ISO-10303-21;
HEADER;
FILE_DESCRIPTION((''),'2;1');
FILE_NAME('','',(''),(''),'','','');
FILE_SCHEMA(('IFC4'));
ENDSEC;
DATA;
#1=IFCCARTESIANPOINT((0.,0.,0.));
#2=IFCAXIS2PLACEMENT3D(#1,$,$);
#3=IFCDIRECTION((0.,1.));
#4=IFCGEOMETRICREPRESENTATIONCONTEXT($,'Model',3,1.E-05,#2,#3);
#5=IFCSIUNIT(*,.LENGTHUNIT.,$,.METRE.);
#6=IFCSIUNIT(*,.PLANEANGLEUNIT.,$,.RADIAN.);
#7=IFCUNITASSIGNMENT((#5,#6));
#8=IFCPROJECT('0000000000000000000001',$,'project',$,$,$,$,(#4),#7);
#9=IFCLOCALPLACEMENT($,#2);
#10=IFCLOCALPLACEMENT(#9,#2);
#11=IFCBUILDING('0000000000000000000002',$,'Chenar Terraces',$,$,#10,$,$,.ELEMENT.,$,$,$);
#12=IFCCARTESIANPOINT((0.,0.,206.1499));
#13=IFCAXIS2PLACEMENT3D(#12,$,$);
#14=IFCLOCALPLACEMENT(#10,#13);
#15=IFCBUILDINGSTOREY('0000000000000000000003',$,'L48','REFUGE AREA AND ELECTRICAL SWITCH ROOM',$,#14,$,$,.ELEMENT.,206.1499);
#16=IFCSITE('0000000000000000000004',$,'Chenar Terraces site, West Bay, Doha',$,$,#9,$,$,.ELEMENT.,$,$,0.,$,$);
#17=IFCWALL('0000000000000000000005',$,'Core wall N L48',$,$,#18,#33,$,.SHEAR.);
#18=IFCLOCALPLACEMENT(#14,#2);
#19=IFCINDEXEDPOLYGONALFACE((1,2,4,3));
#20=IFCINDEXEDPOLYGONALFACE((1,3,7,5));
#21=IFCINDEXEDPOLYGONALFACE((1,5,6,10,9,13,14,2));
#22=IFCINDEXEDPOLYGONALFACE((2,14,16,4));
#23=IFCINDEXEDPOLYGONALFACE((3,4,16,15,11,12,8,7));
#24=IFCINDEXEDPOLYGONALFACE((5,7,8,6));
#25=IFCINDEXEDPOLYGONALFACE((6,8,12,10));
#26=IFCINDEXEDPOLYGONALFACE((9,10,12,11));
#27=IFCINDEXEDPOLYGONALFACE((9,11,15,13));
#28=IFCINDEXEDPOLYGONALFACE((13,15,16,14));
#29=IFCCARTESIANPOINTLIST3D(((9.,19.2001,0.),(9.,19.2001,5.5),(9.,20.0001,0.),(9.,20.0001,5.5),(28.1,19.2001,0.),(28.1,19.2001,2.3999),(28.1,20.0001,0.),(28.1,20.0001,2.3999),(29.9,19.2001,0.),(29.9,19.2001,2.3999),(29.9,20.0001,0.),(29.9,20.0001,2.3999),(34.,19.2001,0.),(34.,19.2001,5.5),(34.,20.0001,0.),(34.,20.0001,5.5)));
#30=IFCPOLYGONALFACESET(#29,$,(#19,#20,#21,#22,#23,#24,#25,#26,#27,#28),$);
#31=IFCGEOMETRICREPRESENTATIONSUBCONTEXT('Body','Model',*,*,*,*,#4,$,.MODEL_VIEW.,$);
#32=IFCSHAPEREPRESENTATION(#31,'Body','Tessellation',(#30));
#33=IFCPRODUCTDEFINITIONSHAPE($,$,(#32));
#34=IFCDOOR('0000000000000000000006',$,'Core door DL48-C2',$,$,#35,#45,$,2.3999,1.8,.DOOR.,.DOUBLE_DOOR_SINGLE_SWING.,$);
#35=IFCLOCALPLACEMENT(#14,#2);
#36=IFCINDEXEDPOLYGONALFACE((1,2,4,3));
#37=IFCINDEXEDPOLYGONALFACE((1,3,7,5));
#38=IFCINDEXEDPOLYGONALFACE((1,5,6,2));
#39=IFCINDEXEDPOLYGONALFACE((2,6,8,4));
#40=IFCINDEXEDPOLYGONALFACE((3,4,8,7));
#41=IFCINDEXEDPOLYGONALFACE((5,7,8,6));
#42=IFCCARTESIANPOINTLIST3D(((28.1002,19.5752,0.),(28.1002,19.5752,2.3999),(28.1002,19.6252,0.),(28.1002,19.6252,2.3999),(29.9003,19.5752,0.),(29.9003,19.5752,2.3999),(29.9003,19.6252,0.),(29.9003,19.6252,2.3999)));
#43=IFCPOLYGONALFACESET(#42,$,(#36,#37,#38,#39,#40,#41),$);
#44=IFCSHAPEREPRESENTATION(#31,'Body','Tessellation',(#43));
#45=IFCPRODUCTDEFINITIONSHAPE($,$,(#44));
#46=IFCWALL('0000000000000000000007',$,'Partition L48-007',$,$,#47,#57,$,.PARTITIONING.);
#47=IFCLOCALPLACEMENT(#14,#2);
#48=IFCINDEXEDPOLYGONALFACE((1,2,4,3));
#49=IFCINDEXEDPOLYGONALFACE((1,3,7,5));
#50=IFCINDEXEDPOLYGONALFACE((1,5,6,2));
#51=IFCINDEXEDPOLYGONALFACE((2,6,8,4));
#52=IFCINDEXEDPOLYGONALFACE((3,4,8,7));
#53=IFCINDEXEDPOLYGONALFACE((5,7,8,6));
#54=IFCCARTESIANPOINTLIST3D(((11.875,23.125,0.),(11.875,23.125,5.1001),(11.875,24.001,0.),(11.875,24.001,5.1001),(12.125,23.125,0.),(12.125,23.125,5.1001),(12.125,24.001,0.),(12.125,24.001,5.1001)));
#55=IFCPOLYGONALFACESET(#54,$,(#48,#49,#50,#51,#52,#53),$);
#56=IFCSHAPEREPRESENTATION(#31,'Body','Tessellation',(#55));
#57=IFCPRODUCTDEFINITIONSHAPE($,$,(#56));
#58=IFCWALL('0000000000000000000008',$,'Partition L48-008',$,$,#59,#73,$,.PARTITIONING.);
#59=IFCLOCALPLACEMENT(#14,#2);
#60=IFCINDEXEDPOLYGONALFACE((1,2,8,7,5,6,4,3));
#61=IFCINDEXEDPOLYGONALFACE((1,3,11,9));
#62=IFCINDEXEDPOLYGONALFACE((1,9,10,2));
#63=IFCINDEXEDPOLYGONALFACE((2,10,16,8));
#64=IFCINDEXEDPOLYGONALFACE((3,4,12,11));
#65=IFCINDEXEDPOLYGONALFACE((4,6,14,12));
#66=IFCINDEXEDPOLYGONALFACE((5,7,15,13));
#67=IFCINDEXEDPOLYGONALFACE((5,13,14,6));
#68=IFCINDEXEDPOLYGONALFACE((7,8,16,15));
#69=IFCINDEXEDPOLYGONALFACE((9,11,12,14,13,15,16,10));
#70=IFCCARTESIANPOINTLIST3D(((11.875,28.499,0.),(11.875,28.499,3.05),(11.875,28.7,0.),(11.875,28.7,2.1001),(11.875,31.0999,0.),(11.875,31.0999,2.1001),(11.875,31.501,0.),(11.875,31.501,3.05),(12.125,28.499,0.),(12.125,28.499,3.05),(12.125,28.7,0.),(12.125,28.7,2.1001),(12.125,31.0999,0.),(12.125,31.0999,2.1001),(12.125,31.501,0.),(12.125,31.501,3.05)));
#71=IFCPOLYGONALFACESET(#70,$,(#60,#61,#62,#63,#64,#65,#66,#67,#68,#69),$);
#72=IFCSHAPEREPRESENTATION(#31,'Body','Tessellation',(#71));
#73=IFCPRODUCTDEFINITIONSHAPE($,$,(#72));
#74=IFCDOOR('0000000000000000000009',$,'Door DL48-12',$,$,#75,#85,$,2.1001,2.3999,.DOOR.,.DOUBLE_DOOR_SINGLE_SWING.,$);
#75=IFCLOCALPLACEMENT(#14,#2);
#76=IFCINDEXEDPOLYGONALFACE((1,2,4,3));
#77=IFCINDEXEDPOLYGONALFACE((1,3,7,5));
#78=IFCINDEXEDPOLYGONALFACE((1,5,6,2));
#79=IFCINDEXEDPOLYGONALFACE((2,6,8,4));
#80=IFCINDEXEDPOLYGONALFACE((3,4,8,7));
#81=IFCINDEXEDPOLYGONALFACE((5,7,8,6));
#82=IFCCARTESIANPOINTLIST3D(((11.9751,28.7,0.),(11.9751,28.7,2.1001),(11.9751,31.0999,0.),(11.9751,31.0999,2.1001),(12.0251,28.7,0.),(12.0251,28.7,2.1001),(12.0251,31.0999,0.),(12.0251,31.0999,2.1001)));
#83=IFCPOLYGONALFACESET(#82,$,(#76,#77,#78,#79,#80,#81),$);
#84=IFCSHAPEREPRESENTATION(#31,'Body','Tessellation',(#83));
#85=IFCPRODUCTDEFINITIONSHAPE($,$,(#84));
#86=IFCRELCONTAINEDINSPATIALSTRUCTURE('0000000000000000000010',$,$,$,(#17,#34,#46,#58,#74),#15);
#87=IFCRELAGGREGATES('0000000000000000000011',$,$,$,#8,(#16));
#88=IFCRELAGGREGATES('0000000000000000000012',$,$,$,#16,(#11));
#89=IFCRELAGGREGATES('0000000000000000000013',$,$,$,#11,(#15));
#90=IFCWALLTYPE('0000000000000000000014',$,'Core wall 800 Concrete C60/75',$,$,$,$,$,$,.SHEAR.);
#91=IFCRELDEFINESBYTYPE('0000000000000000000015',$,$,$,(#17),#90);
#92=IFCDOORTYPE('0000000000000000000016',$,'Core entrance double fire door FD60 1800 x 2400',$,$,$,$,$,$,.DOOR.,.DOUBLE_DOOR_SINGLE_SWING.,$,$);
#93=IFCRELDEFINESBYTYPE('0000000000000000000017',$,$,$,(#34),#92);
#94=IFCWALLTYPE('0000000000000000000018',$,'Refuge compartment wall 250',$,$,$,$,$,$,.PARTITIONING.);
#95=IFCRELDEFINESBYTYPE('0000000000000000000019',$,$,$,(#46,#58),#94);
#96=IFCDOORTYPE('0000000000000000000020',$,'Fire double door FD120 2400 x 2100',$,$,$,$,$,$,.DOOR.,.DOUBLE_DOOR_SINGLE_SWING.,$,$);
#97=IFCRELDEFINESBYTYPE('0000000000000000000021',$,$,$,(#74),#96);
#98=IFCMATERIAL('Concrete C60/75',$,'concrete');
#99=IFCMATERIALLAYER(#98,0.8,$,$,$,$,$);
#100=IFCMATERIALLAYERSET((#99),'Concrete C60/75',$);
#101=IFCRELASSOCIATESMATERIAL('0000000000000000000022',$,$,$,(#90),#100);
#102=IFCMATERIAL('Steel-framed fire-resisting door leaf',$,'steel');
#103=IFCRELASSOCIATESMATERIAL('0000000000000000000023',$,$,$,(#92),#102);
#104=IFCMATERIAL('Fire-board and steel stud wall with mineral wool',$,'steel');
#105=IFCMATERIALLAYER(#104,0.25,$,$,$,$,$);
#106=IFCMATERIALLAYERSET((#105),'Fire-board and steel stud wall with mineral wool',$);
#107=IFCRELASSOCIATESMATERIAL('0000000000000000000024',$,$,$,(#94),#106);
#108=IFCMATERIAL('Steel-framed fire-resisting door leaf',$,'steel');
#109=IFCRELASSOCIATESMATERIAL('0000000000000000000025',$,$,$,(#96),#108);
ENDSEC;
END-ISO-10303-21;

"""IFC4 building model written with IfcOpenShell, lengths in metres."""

from ifc_helpers import new_model, si_unit, direction, frame, frame_2d, origin, place, context, subcontext, project, spatial, rectangle, extrude, material, layer, layer_set, type_object, element, fill, save


model = new_model("IFC4")

# Units and contexts
model_context = context("Model", 3, precision=1e-05, world=origin(), true_north=direction((0.0, 1.0)))
body_context = subcontext(model_context, "Body", "Model", "MODEL_VIEW")
ifc_project = project(units=[si_unit("LENGTHUNIT", "METRE"), si_unit("PLANEANGLEUNIT", "RADIAN")], contexts=[model_context])

# Site, building, storey
site_placement = place(None, origin())
site = spatial("IfcSite", under=ifc_project, at=site_placement, Name="Chenar Terraces site, West Bay, Doha", CompositionType="ELEMENT", RefElevation=0.0)
building_placement = place(site_placement, origin())
building = spatial("IfcBuilding", under=site, at=building_placement, Name="Chenar Terraces", CompositionType="ELEMENT")
storey_placement = place(building_placement, frame((0.0, 0.0, 206.1499)))
storey = spatial("IfcBuildingStorey", under=building, at=storey_placement, Name="L48", Description="REFUGE AREA AND ELECTRICAL SWITCH ROOM", CompositionType="ELEMENT", Elevation=206.1499)

# Wall, opening, door
ifc_material_1 = material(Name="Concrete C60/75", Category="concrete")
ifc_layer_1 = layer(ifc_material_1, 0.8)
ifc_layer_set_1 = layer_set([ifc_layer_1], Name="Concrete C60/75")
wall_type_1 = type_object("IfcWallType", Name="Core wall 800 Concrete C60/75", PredefinedType="SHEAR", material=ifc_layer_set_1)
wall_1_placement = place(storey_placement, frame((9.0, 19.6001, 0.0), z_axis=(0.0, 0.0, 1.0), x_axis=(1.0, 0.0, 0.0)))
wall_1 = element("IfcWall", 1, at=wall_1_placement, inside=storey, type_object=wall_type_1, Name="Core wall N L48", PredefinedType="SHEAR", context=body_context, shape_type="SweptSolid", body=[
    extrude(rectangle(XDim=25.0, YDim=0.8, at=frame_2d((12.5, 0.0))), origin(), (0.0, 0.0, 1.0), 5.5),
])
opening_1_placement = place(wall_1_placement, frame((19.1001, 0.0, 0.0)))
opening_1 = element("IfcOpeningElement", 2, at=opening_1_placement, cuts=wall_1, PredefinedType="OPENING", context=body_context, shape_type="SweptSolid", body=[
    extrude(rectangle(XDim=1.8, YDim=2.3999, at=frame_2d((0.8999, 1.2))), frame((0.0, 0.4099, 0.0), z_axis=(0.0, -1.0, 0.0), x_axis=(1.0, 0.0, 0.0)), (0.0, 0.0, 1.0), 0.8201),
])
ifc_material_2 = material(Name="Steel-framed fire-resisting door leaf", Category="steel")
door_type_1 = type_object("IfcDoorType", Name="Core entrance double fire door FD60 1800 x 2400", OperationType="DOUBLE_DOOR_SINGLE_SWING", PredefinedType="DOOR", material=ifc_material_2)
door_1_placement = place(opening_1_placement, frame((1.8, 0.0, 0.0), z_axis=(0.0, 0.0, 1.0), x_axis=(-1.0, 0.0, 0.0)))
door_1 = element("IfcDoor", 3, at=door_1_placement, inside=storey, type_object=door_type_1, Name="Core door DL48-C2", OperationType="DOUBLE_DOOR_SINGLE_SWING", OverallHeight=2.3999, OverallWidth=1.8, PredefinedType="DOOR", context=body_context, shape_type="SweptSolid", body=[
    extrude(rectangle(XDim=1.8, YDim=2.3999, at=frame_2d((0.8999, 1.2))), frame((0.0, 0.0249, 0.0), z_axis=(0.0, -1.0, 0.0), x_axis=(1.0, 0.0, 0.0)), (0.0, 0.0, 1.0), 0.05),
])
fill(opening_1, door_1)

# Wall
ifc_material_3 = material(Name="Fire-board and steel stud wall with mineral wool", Category="steel")
ifc_layer_2 = layer(ifc_material_3, 0.25)
ifc_layer_set_2 = layer_set([ifc_layer_2], Name="Fire-board and steel stud wall with mineral wool")
wall_type_2 = type_object("IfcWallType", Name="Refuge compartment wall 250", PredefinedType="PARTITIONING", material=ifc_layer_set_2)
wall_2_placement = place(storey_placement, frame((12.0, 23.125, 0.0), z_axis=(0.0, 0.0, 1.0), x_axis=(0.0, 1.0, 0.0)))
element("IfcWall", 4, at=wall_2_placement, inside=storey, type_object=wall_type_2, Name="Partition L48-007", PredefinedType="PARTITIONING", context=body_context, shape_type="SweptSolid", body=[
    extrude(rectangle(XDim=0.876, YDim=0.25, at=frame_2d((0.438, 0.0))), origin(), (0.0, 0.0, 1.0), 5.1001),
])

# Wall, opening, door
wall_3_placement = place(storey_placement, frame((12.0, 28.499, 0.0), z_axis=(0.0, 0.0, 1.0), x_axis=(0.0, 1.0, 0.0)))
wall_3 = element("IfcWall", 5, at=wall_3_placement, inside=storey, type_object=wall_type_2, Name="Partition L48-008", PredefinedType="PARTITIONING", context=body_context, shape_type="SweptSolid", body=[
    extrude(rectangle(XDim=3.002, YDim=0.25, at=frame_2d((1.501, 0.0))), origin(), (0.0, 0.0, 1.0), 3.05),
])
opening_2_placement = place(wall_3_placement, frame((0.2009, 0.0, 0.0)))
opening_2 = element("IfcOpeningElement", 6, at=opening_2_placement, cuts=wall_3, PredefinedType="OPENING", context=body_context, shape_type="SweptSolid", body=[
    extrude(rectangle(XDim=2.3999, YDim=2.1001, at=frame_2d((1.2, 1.05))), frame((0.0, 0.135, 0.0), z_axis=(0.0, -1.0, 0.0), x_axis=(1.0, 0.0, 0.0)), (0.0, 0.0, 1.0), 0.27),
])
ifc_material_4 = material(Name="Steel-framed fire-resisting door leaf", Category="steel")
door_type_2 = type_object("IfcDoorType", Name="Fire double door FD120 2400 x 2100", OperationType="DOUBLE_DOOR_SINGLE_SWING", PredefinedType="DOOR", material=ifc_material_4)
door_2_placement = place(opening_2_placement, origin())
door_2 = element("IfcDoor", 7, at=door_2_placement, inside=storey, type_object=door_type_2, Name="Door DL48-12", OperationType="DOUBLE_DOOR_SINGLE_SWING", OverallHeight=2.1001, OverallWidth=2.3999, PredefinedType="DOOR", context=body_context, shape_type="SweptSolid", body=[
    extrude(rectangle(XDim=2.3999, YDim=2.1001, at=frame_2d((1.2, 1.05))), frame((0.0, 0.0249, 0.0), z_axis=(0.0, -1.0, 0.0), x_axis=(1.0, 0.0, 0.0)), (0.0, 0.0, 1.0), 0.05),
])
fill(opening_2, door_2)

save(model, "model.ifc")
